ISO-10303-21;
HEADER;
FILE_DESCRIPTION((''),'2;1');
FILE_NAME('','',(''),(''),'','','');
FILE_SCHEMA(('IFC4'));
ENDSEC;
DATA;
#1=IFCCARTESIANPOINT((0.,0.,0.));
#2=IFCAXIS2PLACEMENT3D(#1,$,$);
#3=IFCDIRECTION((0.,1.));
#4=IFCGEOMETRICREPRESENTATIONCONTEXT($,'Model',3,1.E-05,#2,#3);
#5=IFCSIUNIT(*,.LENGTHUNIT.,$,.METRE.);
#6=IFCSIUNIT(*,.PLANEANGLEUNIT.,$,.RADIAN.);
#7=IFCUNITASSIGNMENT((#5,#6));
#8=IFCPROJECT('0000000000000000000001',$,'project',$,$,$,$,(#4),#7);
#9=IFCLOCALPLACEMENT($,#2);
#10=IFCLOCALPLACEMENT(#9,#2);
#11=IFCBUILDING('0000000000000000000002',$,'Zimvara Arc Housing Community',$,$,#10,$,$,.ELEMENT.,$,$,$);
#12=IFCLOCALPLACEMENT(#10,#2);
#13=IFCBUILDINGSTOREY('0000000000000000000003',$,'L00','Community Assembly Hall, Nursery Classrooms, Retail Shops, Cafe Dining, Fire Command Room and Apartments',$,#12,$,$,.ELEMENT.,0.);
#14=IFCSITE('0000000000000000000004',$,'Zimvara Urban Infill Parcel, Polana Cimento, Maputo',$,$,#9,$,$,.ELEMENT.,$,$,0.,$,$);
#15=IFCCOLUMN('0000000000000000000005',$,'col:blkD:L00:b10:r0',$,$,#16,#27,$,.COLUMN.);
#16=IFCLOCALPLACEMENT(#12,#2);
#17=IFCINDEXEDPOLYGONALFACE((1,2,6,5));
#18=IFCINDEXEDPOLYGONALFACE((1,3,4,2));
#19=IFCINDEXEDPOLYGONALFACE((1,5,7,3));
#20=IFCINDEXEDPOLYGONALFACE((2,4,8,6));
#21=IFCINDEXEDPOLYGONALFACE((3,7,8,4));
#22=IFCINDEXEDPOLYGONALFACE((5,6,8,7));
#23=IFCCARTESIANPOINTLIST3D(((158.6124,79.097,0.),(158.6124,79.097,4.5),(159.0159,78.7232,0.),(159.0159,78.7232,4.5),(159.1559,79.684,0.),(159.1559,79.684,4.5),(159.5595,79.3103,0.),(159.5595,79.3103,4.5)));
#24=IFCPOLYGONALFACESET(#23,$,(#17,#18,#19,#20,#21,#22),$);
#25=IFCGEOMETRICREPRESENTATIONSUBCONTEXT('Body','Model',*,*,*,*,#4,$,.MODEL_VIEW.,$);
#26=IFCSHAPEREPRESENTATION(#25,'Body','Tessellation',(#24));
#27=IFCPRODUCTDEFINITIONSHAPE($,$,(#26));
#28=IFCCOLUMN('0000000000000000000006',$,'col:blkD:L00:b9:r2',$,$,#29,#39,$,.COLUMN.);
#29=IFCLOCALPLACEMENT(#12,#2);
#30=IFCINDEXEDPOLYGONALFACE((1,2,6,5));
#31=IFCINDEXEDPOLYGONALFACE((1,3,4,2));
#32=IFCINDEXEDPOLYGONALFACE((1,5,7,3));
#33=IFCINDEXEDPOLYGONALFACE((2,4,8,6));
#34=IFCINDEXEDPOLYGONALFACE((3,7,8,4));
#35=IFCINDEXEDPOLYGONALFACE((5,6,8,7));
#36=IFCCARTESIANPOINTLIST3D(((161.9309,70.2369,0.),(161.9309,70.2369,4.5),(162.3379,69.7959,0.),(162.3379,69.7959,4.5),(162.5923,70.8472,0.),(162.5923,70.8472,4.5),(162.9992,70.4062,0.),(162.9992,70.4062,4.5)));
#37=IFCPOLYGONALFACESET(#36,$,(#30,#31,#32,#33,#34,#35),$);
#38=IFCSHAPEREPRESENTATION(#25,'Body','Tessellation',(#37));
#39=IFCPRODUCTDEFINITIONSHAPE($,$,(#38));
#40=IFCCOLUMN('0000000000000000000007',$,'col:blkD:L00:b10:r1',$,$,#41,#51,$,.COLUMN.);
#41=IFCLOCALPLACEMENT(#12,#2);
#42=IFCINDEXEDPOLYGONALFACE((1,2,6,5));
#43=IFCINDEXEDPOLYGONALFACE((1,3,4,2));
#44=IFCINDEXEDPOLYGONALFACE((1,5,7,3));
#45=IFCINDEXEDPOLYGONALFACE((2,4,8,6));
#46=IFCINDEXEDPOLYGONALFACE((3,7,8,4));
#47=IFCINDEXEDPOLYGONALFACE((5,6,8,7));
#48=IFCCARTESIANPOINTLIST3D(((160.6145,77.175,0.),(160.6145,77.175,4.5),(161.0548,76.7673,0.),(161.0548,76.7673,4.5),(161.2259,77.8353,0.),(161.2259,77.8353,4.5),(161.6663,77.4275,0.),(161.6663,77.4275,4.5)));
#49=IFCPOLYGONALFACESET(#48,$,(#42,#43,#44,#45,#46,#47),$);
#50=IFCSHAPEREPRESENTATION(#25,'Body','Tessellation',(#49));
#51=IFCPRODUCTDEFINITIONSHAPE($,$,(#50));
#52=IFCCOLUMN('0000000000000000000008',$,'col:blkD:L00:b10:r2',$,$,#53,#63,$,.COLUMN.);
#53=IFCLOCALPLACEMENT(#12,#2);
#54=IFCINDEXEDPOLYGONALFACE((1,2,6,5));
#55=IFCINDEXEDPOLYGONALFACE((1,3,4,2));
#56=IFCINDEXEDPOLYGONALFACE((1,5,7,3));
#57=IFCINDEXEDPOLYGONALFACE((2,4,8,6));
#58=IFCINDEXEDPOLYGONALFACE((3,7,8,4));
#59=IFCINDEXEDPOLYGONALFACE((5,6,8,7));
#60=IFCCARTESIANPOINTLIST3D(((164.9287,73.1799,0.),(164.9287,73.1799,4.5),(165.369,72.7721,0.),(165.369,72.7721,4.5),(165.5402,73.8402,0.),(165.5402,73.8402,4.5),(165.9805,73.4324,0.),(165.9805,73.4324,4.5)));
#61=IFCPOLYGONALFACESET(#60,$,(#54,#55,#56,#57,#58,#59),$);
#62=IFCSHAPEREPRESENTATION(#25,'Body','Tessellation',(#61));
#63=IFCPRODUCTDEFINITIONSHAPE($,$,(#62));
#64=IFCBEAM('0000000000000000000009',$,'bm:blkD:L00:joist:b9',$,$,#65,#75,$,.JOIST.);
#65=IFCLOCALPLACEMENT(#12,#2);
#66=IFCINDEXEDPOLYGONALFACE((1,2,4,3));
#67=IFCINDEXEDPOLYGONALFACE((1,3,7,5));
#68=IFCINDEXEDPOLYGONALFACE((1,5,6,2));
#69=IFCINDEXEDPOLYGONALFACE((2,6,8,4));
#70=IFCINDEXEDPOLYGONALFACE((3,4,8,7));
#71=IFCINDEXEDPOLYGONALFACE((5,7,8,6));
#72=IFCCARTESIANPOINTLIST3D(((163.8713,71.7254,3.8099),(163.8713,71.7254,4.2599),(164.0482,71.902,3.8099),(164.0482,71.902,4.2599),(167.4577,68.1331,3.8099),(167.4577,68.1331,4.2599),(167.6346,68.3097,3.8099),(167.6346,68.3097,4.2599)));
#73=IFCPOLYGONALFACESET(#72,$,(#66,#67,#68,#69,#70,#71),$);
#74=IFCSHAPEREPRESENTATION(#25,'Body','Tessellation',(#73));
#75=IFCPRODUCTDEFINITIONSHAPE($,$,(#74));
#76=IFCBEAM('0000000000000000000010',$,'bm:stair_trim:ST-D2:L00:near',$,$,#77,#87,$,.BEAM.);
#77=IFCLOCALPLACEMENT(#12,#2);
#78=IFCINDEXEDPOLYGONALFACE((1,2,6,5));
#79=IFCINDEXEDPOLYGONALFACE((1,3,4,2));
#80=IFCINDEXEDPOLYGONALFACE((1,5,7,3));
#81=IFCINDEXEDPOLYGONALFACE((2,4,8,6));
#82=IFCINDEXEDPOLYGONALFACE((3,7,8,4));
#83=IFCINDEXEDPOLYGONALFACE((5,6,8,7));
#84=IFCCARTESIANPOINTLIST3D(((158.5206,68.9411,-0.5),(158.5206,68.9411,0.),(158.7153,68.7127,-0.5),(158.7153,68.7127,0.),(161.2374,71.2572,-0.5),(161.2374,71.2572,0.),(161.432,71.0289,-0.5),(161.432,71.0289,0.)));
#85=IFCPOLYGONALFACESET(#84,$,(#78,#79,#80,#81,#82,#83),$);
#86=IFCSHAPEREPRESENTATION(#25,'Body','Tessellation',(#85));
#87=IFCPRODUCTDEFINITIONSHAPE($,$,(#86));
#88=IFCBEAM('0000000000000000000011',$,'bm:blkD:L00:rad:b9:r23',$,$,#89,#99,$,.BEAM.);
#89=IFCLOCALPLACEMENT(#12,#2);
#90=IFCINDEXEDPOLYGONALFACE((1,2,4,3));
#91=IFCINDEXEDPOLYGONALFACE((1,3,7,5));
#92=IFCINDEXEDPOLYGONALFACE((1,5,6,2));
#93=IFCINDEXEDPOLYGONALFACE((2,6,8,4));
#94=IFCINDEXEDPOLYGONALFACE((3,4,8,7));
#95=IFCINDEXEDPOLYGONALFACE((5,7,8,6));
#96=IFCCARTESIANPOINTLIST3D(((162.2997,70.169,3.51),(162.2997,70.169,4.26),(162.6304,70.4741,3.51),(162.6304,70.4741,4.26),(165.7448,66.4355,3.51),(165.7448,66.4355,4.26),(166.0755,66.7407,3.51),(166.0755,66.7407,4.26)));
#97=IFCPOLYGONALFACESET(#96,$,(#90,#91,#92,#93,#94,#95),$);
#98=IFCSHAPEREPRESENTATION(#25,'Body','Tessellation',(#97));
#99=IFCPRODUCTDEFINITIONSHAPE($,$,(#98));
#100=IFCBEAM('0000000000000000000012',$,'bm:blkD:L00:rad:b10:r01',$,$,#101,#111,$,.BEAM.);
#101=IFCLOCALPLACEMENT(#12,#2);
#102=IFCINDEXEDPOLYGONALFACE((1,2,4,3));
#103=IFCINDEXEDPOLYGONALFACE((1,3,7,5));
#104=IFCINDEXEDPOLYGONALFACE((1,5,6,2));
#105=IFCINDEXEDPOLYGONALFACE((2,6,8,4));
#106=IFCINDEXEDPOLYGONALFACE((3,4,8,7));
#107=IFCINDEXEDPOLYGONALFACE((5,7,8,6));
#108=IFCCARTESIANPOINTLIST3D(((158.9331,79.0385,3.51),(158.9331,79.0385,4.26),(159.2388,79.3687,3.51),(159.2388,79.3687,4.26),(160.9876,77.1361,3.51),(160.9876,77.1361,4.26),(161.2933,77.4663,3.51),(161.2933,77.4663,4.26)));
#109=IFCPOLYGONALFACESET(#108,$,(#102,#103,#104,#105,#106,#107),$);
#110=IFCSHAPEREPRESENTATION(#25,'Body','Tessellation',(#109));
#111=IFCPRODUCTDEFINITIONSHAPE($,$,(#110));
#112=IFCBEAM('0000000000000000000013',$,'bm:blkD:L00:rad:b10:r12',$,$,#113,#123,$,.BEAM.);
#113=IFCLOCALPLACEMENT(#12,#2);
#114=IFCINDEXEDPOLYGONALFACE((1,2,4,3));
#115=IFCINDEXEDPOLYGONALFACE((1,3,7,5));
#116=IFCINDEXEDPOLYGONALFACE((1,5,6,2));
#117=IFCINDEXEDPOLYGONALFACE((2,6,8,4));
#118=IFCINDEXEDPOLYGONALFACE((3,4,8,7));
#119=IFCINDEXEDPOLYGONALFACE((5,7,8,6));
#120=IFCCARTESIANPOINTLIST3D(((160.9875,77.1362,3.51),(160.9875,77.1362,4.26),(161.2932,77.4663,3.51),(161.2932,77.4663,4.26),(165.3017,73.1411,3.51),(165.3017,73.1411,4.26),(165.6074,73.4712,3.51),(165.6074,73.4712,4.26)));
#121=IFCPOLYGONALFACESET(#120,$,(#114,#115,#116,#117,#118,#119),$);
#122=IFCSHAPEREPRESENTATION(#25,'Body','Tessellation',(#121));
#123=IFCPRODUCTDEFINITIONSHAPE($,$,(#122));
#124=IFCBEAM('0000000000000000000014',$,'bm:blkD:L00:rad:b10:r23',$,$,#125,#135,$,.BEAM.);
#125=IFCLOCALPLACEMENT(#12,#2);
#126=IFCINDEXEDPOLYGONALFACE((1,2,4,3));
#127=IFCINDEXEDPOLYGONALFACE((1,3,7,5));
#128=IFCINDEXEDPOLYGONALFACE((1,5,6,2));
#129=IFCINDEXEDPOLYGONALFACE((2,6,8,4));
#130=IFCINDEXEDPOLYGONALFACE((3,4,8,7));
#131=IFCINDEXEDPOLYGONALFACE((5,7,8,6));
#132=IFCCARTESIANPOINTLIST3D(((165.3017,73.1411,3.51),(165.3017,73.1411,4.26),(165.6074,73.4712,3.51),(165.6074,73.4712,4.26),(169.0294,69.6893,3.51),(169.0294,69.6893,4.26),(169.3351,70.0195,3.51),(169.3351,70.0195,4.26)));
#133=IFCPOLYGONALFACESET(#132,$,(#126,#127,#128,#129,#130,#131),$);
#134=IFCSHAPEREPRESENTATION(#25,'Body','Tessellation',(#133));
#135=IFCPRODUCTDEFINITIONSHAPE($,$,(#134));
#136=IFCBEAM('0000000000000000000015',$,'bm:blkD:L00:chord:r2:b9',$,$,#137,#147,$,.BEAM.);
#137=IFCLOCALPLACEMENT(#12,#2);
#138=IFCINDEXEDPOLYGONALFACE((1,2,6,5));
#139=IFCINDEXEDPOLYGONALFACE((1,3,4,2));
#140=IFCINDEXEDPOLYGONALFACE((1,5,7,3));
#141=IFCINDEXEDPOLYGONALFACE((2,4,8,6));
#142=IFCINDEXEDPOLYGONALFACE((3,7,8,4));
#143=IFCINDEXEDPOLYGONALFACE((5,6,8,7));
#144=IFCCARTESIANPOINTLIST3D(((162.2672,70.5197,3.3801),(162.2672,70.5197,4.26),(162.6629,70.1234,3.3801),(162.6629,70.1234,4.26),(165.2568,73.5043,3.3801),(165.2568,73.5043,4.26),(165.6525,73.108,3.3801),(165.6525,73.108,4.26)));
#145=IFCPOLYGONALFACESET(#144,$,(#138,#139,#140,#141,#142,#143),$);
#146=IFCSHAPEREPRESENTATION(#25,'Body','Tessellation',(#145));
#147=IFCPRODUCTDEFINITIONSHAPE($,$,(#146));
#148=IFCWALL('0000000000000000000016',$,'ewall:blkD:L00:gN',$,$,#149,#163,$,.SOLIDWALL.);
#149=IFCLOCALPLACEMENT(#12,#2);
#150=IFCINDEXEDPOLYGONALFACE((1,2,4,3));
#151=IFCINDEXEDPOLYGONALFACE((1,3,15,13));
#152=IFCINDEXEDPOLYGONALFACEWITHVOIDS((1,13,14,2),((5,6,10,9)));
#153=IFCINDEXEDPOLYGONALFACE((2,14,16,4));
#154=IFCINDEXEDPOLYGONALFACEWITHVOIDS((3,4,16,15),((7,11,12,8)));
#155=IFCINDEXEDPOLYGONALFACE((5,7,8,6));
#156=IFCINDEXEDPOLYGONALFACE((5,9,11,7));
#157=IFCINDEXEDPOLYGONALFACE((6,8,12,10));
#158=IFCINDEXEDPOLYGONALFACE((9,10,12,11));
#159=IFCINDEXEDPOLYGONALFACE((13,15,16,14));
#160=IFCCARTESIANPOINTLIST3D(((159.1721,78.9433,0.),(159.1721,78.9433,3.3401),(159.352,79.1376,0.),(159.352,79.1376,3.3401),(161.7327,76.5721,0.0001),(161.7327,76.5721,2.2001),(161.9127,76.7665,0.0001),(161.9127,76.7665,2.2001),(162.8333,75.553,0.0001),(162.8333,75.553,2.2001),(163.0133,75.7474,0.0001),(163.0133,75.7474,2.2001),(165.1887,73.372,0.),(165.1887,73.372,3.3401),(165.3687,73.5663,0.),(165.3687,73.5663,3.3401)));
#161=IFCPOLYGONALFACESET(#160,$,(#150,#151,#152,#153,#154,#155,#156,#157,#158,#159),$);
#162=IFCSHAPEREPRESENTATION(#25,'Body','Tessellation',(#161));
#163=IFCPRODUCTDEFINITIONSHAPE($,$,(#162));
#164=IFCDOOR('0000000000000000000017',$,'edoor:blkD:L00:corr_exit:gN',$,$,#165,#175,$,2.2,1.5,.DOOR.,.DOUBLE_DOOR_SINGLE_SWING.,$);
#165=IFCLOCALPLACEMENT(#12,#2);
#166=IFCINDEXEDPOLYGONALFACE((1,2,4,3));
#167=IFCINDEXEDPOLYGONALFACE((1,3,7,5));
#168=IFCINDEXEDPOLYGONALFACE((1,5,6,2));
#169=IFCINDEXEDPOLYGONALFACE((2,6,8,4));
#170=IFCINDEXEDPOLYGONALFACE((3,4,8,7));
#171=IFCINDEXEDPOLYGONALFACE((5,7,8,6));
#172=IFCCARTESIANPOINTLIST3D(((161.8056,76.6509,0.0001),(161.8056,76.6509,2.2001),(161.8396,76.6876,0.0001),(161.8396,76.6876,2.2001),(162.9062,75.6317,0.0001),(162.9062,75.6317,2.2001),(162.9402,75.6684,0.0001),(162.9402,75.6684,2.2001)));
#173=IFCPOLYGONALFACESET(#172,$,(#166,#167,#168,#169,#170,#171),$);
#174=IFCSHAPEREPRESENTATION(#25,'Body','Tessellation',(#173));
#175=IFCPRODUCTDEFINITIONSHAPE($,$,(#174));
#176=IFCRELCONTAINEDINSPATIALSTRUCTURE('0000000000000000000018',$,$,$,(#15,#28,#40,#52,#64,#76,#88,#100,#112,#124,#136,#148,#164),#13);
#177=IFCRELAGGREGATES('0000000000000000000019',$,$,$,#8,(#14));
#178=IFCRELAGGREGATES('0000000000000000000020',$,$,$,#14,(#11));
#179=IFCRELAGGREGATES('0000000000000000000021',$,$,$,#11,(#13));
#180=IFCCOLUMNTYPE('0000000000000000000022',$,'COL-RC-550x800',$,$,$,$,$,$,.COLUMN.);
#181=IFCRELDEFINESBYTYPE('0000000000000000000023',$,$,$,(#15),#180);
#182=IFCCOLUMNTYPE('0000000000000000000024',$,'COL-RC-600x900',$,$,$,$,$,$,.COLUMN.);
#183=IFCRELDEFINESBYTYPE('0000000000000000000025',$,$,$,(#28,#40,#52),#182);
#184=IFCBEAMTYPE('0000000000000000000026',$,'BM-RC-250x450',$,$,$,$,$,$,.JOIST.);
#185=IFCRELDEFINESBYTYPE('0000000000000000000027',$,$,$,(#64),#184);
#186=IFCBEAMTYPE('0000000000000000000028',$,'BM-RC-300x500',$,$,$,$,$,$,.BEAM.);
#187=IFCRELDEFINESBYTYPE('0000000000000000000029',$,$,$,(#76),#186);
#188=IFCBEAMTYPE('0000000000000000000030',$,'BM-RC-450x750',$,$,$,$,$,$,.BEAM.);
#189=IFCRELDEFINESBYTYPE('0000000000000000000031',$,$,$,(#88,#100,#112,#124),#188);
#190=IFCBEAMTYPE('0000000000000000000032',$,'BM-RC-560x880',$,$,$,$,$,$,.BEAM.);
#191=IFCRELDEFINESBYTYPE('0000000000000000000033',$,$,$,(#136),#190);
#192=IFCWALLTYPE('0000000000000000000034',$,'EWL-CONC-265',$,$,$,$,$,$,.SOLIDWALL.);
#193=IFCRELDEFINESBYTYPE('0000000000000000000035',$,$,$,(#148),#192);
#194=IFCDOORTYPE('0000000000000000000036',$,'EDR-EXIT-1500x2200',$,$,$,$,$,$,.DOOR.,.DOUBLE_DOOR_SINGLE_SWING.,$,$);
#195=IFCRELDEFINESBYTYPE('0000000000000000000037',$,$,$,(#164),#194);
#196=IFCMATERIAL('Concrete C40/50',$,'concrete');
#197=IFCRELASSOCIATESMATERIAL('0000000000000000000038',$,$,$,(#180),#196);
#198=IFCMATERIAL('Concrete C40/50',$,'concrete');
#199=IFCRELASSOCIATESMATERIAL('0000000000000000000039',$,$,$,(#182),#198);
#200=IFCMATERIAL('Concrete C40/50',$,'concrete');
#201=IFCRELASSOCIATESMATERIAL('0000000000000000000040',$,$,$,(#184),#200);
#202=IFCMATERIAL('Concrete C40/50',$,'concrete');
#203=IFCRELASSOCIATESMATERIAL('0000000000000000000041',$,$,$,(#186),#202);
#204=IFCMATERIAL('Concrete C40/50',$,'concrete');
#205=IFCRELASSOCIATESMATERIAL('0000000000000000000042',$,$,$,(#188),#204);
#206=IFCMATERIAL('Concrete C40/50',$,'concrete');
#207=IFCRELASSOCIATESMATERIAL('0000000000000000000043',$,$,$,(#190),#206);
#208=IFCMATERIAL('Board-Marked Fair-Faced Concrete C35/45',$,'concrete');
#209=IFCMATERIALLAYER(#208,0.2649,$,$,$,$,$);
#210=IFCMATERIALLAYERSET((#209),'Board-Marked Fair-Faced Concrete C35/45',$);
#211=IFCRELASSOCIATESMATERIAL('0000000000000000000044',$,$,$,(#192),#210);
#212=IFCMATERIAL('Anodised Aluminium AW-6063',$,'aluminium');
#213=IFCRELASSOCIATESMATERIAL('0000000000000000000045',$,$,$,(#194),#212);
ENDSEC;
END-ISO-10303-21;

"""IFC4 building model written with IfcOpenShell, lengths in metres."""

from ifc_helpers import new_model, si_unit, direction, frame, frame_2d, origin, origin_2d, place, context, subcontext, project, spatial, rectangle, extrude, material, layer, layer_set, material_profile, profile_set, type_object, element, fill, save


model = new_model("IFC4")

# Units and contexts
model_context = context("Model", 3, precision=1e-05, world=origin(), true_north=direction((0.0, 1.0)))
body_context = subcontext(model_context, "Body", "Model", "MODEL_VIEW")
ifc_project = project(units=[si_unit("LENGTHUNIT", "METRE"), si_unit("PLANEANGLEUNIT", "RADIAN")], contexts=[model_context])

# Site, building, storey
site_placement = place(None, origin())
site = spatial("IfcSite", under=ifc_project, at=site_placement, Name="Zimvara Urban Infill Parcel, Polana Cimento, Maputo", CompositionType="ELEMENT", RefElevation=0.0)
building_placement = place(site_placement, origin())
building = spatial("IfcBuilding", under=site, at=building_placement, Name="Zimvara Arc Housing Community", CompositionType="ELEMENT")
storey_placement = place(building_placement, origin())
storey = spatial("IfcBuildingStorey", under=building, at=storey_placement, Name="L00", Description="Community Assembly Hall, Nursery Classrooms, Retail Shops, Cafe Dining, Fire Command Room and Apartments", CompositionType="ELEMENT", Elevation=0.0)

# Columns
ifc_material_1 = material(Name="Concrete C40/50", Category="concrete")
ifc_material_profile_1 = material_profile(ifc_material_1, rectangle(XDim=0.55, YDim=0.8, at=origin_2d()), Name="RC 550x800")
ifc_profile_set_1 = profile_set([ifc_material_profile_1], Name="Concrete C40/50")
column_type_1 = type_object("IfcColumnType", Name="COL-RC-550x800", PredefinedType="COLUMN", material=ifc_profile_set_1)
column_1_placement = place(storey_placement, frame((159.0859, 79.2036, 0.0), z_axis=(0.0, 0.0, 1.0), x_axis=(0.73373, -0.679441, 0.0)))
element("IfcColumn", 1, at=column_1_placement, inside=storey, type_object=column_type_1, Name="col:blkD:L00:b10:r0", PredefinedType="COLUMN", context=body_context, shape_type="SweptSolid", body=[
    extrude(rectangle(XDim=0.55, YDim=0.8, at=origin_2d()), origin(), (0.0, 0.0, 1.0), 4.5),
])
ifc_material_2 = material(Name="Concrete C40/50", Category="concrete")
ifc_material_profile_2 = material_profile(ifc_material_2, rectangle(XDim=0.6001, YDim=0.8999, at=origin_2d()), Name="RC 600x900")
ifc_profile_set_2 = profile_set([ifc_material_profile_2], Name="Concrete C40/50")
column_type_2 = type_object("IfcColumnType", Name="COL-RC-600x900", PredefinedType="COLUMN", material=ifc_profile_set_2)
for number, where, z_axis, x_axis, name in (
    (2, (162.4651, 70.3215, 0.0), (0.0, 0.0, 1.0), (0.67816, -0.734915, 0.0), "col:blkD:L00:b9:r2"),
    (3, (161.1404, 77.3013, 0.0), (0.0, 0.0, 1.0), (0.73373, -0.679441, 0.0), "col:blkD:L00:b10:r1"),
    (4, (165.4546, 73.3062, 0.0), (0.0, 0.0, 1.0), (0.73373, -0.679441, 0.0), "col:blkD:L00:b10:r2"),
):
    element("IfcColumn", number, at=place(storey_placement, frame(where, z_axis=z_axis, x_axis=x_axis)), inside=storey, type_object=column_type_2, Name=name, PredefinedType="COLUMN", context=body_context, shape_type="SweptSolid", body=[
        extrude(rectangle(XDim=0.6001, YDim=0.8999, at=origin_2d()), origin(), (0.0, 0.0, 1.0), 4.5),
    ])

# Beams
ifc_material_3 = material(Name="Concrete C40/50", Category="concrete")
ifc_material_profile_3 = material_profile(ifc_material_3, rectangle(XDim=0.25, YDim=0.45, at=origin_2d()), Name="RC 250x450")
ifc_profile_set_3 = profile_set([ifc_material_profile_3], Name="Concrete C40/50")
beam_type_1 = type_object("IfcBeamType", Name="BM-RC-250x450", PredefinedType="JOIST", material=ifc_profile_set_3)
beam_1_placement = place(storey_placement, frame((163.9597, 71.8137, 4.0349), z_axis=(0.706529, -0.707684, 0.0), x_axis=(0.707684, 0.706529, 0.0)))
element("IfcBeam", 5, at=beam_1_placement, inside=storey, type_object=beam_type_1, Name="bm:blkD:L00:joist:b9", PredefinedType="JOIST", context=body_context, shape_type="SweptSolid", body=[
    extrude(rectangle(XDim=0.25, YDim=0.45, at=origin_2d()), origin(), (0.0, 0.0, 1.0), 5.0762),
])
ifc_material_4 = material(Name="Concrete C40/50", Category="concrete")
ifc_material_profile_4 = material_profile(ifc_material_4, rectangle(XDim=0.3, YDim=0.5, at=origin_2d()), Name="RC 300x500")
ifc_profile_set_4 = profile_set([ifc_material_profile_4], Name="Concrete C40/50")
beam_type_2 = type_object("IfcBeamType", Name="BM-RC-300x500", PredefinedType="BEAM", material=ifc_profile_set_4)
beam_2_placement = place(storey_placement, frame((158.6179, 68.8269, -0.25), z_axis=(0.760987, 0.648767, 0.0), x_axis=(-0.648767, 0.760987, 0.0)))
element("IfcBeam", 6, at=beam_2_placement, inside=storey, type_object=beam_type_2, Name="bm:stair_trim:ST-D2:L00:near", PredefinedType="BEAM", context=body_context, shape_type="SweptSolid", body=[
    extrude(rectangle(XDim=0.3, YDim=0.5, at=origin_2d()), origin(), (0.0, 0.0, 1.0), 3.5701),
])
ifc_material_5 = material(Name="Concrete C40/50", Category="concrete")
ifc_material_profile_5 = material_profile(ifc_material_5, rectangle(XDim=0.45, YDim=0.75, at=origin_2d()), Name="RC 450x750")
ifc_profile_set_5 = profile_set([ifc_material_profile_5], Name="Concrete C40/50")
beam_type_3 = type_object("IfcBeamType", Name="BM-RC-450x750", PredefinedType="BEAM", material=ifc_profile_set_5)
beam_3_placement = place(storey_placement, frame((162.4651, 70.3215, 3.885), z_axis=(0.678158, -0.734916, 0.0), x_axis=(0.734916, 0.678158, 0.0)))
element("IfcBeam", 7, at=beam_3_placement, inside=storey, type_object=beam_type_3, Name="bm:blkD:L00:rad:b9:r23", PredefinedType="BEAM", context=body_context, shape_type="SweptSolid", body=[
    extrude(rectangle(XDim=0.45, YDim=0.75, at=origin_2d()), origin(), (0.0, 0.0, 1.0), 5.0801),
])
beam_4_placement = place(storey_placement, frame((159.0859, 79.2036, 3.885), z_axis=(0.733746, -0.679424, 0.0), x_axis=(0.679424, 0.733746, 0.0)))
element("IfcBeam", 8, at=beam_4_placement, inside=storey, type_object=beam_type_3, Name="bm:blkD:L00:rad:b10:r01", PredefinedType="BEAM", context=body_context, shape_type="SweptSolid", body=[
    extrude(rectangle(XDim=0.45, YDim=0.75, at=origin_2d()), origin(), (0.0, 0.0, 1.0), 2.8),
])
beam_5_placement = place(storey_placement, frame((161.1404, 77.3013, 3.885), z_axis=(0.73372, -0.679452, 0.0), x_axis=(0.679452, 0.73372, 0.0)))
element("IfcBeam", 9, at=beam_5_placement, inside=storey, type_object=beam_type_3, Name="bm:blkD:L00:rad:b10:r12", PredefinedType="BEAM", context=body_context, shape_type="SweptSolid", body=[
    extrude(rectangle(XDim=0.45, YDim=0.75, at=origin_2d()), origin(), (0.0, 0.0, 1.0), 5.8799),
])
beam_6_placement = place(storey_placement, frame((165.4546, 73.3062, 3.885), z_axis=(0.733738, -0.679433, 0.0), x_axis=(0.679433, 0.733738, 0.0)))
element("IfcBeam", 10, at=beam_6_placement, inside=storey, type_object=beam_type_3, Name="bm:blkD:L00:rad:b10:r23", PredefinedType="BEAM", context=body_context, shape_type="SweptSolid", body=[
    extrude(rectangle(XDim=0.45, YDim=0.75, at=origin_2d()), origin(), (0.0, 0.0, 1.0), 5.0803),
])
ifc_material_6 = material(Name="Concrete C40/50", Category="concrete")
ifc_material_profile_6 = material_profile(ifc_material_6, rectangle(XDim=0.5601, YDim=0.8799, at=origin_2d()), Name="RC 560x880")
ifc_profile_set_6 = profile_set([ifc_material_profile_6], Name="Concrete C40/50")
beam_type_4 = type_object("IfcBeamType", Name="BM-RC-560x880", PredefinedType="BEAM", material=ifc_profile_set_6)
beam_7_placement = place(storey_placement, frame((162.4651, 70.3215, 3.8201), z_axis=(0.707684, 0.706529, 0.0), x_axis=(-0.706529, 0.707684, 0.0)))
element("IfcBeam", 11, at=beam_7_placement, inside=storey, type_object=beam_type_4, Name="bm:blkD:L00:chord:r2:b9", PredefinedType="BEAM", context=body_context, shape_type="SweptSolid", body=[
    extrude(rectangle(XDim=0.5601, YDim=0.8799, at=origin_2d()), origin(), (0.0, 0.0, 1.0), 4.2244),
])

# Wall, opening, door
ifc_material_7 = material(Name="Board-Marked Fair-Faced Concrete C35/45", Category="concrete")
ifc_layer_1 = layer(ifc_material_7, 0.2649)
ifc_layer_set_1 = layer_set([ifc_layer_1], Name="Board-Marked Fair-Faced Concrete C35/45")
wall_type_1 = type_object("IfcWallType", Name="EWL-CONC-265", PredefinedType="SOLIDWALL", material=ifc_layer_set_1)
wall_1_placement = place(storey_placement, frame((159.262, 79.0405, 0.0), z_axis=(0.0, 0.0, 1.0), x_axis=(0.733739, -0.679432, 0.0)))
wall_1 = element("IfcWall", 12, at=wall_1_placement, inside=storey, type_object=wall_type_1, Name="ewall:blkD:L00:gN", PredefinedType="SOLIDWALL", context=body_context, shape_type="SweptSolid", body=[
    extrude(rectangle(XDim=8.2, YDim=0.2649, at=frame_2d((4.1001, 0.0))), origin(), (0.0, 0.0, 1.0), 3.3401),
])
opening_1_placement = place(wall_1_placement, frame((3.49, 0.0, 0.0)))
opening_1 = element("IfcOpeningElement", 13, at=opening_1_placement, cuts=wall_1, PredefinedType="OPENING", context=body_context, shape_type="SweptSolid", body=[
    extrude(rectangle(XDim=1.5, YDim=2.2, at=frame_2d((0.75, 1.1001))), frame((0.0, 0.1423, 0.0), z_axis=(0.0, -1.0, 0.0), x_axis=(1.0, 0.0, 0.0)), (0.0, 0.0, 1.0), 0.2849),
])
ifc_material_8 = material(Name="Anodised Aluminium AW-6063", Category="aluminium")
door_type_1 = type_object("IfcDoorType", Name="EDR-EXIT-1500x2200", OperationType="DOUBLE_DOOR_SINGLE_SWING", PredefinedType="DOOR", material=ifc_material_8)
door_1_placement = place(opening_1_placement, origin())
door_1 = element("IfcDoor", 14, at=door_1_placement, inside=storey, type_object=door_type_1, Name="edoor:blkD:L00:corr_exit:gN", OperationType="DOUBLE_DOOR_SINGLE_SWING", OverallHeight=2.2, OverallWidth=1.5, PredefinedType="DOOR", context=body_context, shape_type="SweptSolid", body=[
    extrude(rectangle(XDim=1.5, YDim=2.2, at=frame_2d((0.75, 1.1001))), frame((0.0, 0.0249, 0.0), z_axis=(0.0, -1.0, 0.0), x_axis=(1.0, 0.0, 0.0)), (0.0, 0.0, 1.0), 0.05),
])
fill(opening_1, door_1)

save(model, "model.ifc")
